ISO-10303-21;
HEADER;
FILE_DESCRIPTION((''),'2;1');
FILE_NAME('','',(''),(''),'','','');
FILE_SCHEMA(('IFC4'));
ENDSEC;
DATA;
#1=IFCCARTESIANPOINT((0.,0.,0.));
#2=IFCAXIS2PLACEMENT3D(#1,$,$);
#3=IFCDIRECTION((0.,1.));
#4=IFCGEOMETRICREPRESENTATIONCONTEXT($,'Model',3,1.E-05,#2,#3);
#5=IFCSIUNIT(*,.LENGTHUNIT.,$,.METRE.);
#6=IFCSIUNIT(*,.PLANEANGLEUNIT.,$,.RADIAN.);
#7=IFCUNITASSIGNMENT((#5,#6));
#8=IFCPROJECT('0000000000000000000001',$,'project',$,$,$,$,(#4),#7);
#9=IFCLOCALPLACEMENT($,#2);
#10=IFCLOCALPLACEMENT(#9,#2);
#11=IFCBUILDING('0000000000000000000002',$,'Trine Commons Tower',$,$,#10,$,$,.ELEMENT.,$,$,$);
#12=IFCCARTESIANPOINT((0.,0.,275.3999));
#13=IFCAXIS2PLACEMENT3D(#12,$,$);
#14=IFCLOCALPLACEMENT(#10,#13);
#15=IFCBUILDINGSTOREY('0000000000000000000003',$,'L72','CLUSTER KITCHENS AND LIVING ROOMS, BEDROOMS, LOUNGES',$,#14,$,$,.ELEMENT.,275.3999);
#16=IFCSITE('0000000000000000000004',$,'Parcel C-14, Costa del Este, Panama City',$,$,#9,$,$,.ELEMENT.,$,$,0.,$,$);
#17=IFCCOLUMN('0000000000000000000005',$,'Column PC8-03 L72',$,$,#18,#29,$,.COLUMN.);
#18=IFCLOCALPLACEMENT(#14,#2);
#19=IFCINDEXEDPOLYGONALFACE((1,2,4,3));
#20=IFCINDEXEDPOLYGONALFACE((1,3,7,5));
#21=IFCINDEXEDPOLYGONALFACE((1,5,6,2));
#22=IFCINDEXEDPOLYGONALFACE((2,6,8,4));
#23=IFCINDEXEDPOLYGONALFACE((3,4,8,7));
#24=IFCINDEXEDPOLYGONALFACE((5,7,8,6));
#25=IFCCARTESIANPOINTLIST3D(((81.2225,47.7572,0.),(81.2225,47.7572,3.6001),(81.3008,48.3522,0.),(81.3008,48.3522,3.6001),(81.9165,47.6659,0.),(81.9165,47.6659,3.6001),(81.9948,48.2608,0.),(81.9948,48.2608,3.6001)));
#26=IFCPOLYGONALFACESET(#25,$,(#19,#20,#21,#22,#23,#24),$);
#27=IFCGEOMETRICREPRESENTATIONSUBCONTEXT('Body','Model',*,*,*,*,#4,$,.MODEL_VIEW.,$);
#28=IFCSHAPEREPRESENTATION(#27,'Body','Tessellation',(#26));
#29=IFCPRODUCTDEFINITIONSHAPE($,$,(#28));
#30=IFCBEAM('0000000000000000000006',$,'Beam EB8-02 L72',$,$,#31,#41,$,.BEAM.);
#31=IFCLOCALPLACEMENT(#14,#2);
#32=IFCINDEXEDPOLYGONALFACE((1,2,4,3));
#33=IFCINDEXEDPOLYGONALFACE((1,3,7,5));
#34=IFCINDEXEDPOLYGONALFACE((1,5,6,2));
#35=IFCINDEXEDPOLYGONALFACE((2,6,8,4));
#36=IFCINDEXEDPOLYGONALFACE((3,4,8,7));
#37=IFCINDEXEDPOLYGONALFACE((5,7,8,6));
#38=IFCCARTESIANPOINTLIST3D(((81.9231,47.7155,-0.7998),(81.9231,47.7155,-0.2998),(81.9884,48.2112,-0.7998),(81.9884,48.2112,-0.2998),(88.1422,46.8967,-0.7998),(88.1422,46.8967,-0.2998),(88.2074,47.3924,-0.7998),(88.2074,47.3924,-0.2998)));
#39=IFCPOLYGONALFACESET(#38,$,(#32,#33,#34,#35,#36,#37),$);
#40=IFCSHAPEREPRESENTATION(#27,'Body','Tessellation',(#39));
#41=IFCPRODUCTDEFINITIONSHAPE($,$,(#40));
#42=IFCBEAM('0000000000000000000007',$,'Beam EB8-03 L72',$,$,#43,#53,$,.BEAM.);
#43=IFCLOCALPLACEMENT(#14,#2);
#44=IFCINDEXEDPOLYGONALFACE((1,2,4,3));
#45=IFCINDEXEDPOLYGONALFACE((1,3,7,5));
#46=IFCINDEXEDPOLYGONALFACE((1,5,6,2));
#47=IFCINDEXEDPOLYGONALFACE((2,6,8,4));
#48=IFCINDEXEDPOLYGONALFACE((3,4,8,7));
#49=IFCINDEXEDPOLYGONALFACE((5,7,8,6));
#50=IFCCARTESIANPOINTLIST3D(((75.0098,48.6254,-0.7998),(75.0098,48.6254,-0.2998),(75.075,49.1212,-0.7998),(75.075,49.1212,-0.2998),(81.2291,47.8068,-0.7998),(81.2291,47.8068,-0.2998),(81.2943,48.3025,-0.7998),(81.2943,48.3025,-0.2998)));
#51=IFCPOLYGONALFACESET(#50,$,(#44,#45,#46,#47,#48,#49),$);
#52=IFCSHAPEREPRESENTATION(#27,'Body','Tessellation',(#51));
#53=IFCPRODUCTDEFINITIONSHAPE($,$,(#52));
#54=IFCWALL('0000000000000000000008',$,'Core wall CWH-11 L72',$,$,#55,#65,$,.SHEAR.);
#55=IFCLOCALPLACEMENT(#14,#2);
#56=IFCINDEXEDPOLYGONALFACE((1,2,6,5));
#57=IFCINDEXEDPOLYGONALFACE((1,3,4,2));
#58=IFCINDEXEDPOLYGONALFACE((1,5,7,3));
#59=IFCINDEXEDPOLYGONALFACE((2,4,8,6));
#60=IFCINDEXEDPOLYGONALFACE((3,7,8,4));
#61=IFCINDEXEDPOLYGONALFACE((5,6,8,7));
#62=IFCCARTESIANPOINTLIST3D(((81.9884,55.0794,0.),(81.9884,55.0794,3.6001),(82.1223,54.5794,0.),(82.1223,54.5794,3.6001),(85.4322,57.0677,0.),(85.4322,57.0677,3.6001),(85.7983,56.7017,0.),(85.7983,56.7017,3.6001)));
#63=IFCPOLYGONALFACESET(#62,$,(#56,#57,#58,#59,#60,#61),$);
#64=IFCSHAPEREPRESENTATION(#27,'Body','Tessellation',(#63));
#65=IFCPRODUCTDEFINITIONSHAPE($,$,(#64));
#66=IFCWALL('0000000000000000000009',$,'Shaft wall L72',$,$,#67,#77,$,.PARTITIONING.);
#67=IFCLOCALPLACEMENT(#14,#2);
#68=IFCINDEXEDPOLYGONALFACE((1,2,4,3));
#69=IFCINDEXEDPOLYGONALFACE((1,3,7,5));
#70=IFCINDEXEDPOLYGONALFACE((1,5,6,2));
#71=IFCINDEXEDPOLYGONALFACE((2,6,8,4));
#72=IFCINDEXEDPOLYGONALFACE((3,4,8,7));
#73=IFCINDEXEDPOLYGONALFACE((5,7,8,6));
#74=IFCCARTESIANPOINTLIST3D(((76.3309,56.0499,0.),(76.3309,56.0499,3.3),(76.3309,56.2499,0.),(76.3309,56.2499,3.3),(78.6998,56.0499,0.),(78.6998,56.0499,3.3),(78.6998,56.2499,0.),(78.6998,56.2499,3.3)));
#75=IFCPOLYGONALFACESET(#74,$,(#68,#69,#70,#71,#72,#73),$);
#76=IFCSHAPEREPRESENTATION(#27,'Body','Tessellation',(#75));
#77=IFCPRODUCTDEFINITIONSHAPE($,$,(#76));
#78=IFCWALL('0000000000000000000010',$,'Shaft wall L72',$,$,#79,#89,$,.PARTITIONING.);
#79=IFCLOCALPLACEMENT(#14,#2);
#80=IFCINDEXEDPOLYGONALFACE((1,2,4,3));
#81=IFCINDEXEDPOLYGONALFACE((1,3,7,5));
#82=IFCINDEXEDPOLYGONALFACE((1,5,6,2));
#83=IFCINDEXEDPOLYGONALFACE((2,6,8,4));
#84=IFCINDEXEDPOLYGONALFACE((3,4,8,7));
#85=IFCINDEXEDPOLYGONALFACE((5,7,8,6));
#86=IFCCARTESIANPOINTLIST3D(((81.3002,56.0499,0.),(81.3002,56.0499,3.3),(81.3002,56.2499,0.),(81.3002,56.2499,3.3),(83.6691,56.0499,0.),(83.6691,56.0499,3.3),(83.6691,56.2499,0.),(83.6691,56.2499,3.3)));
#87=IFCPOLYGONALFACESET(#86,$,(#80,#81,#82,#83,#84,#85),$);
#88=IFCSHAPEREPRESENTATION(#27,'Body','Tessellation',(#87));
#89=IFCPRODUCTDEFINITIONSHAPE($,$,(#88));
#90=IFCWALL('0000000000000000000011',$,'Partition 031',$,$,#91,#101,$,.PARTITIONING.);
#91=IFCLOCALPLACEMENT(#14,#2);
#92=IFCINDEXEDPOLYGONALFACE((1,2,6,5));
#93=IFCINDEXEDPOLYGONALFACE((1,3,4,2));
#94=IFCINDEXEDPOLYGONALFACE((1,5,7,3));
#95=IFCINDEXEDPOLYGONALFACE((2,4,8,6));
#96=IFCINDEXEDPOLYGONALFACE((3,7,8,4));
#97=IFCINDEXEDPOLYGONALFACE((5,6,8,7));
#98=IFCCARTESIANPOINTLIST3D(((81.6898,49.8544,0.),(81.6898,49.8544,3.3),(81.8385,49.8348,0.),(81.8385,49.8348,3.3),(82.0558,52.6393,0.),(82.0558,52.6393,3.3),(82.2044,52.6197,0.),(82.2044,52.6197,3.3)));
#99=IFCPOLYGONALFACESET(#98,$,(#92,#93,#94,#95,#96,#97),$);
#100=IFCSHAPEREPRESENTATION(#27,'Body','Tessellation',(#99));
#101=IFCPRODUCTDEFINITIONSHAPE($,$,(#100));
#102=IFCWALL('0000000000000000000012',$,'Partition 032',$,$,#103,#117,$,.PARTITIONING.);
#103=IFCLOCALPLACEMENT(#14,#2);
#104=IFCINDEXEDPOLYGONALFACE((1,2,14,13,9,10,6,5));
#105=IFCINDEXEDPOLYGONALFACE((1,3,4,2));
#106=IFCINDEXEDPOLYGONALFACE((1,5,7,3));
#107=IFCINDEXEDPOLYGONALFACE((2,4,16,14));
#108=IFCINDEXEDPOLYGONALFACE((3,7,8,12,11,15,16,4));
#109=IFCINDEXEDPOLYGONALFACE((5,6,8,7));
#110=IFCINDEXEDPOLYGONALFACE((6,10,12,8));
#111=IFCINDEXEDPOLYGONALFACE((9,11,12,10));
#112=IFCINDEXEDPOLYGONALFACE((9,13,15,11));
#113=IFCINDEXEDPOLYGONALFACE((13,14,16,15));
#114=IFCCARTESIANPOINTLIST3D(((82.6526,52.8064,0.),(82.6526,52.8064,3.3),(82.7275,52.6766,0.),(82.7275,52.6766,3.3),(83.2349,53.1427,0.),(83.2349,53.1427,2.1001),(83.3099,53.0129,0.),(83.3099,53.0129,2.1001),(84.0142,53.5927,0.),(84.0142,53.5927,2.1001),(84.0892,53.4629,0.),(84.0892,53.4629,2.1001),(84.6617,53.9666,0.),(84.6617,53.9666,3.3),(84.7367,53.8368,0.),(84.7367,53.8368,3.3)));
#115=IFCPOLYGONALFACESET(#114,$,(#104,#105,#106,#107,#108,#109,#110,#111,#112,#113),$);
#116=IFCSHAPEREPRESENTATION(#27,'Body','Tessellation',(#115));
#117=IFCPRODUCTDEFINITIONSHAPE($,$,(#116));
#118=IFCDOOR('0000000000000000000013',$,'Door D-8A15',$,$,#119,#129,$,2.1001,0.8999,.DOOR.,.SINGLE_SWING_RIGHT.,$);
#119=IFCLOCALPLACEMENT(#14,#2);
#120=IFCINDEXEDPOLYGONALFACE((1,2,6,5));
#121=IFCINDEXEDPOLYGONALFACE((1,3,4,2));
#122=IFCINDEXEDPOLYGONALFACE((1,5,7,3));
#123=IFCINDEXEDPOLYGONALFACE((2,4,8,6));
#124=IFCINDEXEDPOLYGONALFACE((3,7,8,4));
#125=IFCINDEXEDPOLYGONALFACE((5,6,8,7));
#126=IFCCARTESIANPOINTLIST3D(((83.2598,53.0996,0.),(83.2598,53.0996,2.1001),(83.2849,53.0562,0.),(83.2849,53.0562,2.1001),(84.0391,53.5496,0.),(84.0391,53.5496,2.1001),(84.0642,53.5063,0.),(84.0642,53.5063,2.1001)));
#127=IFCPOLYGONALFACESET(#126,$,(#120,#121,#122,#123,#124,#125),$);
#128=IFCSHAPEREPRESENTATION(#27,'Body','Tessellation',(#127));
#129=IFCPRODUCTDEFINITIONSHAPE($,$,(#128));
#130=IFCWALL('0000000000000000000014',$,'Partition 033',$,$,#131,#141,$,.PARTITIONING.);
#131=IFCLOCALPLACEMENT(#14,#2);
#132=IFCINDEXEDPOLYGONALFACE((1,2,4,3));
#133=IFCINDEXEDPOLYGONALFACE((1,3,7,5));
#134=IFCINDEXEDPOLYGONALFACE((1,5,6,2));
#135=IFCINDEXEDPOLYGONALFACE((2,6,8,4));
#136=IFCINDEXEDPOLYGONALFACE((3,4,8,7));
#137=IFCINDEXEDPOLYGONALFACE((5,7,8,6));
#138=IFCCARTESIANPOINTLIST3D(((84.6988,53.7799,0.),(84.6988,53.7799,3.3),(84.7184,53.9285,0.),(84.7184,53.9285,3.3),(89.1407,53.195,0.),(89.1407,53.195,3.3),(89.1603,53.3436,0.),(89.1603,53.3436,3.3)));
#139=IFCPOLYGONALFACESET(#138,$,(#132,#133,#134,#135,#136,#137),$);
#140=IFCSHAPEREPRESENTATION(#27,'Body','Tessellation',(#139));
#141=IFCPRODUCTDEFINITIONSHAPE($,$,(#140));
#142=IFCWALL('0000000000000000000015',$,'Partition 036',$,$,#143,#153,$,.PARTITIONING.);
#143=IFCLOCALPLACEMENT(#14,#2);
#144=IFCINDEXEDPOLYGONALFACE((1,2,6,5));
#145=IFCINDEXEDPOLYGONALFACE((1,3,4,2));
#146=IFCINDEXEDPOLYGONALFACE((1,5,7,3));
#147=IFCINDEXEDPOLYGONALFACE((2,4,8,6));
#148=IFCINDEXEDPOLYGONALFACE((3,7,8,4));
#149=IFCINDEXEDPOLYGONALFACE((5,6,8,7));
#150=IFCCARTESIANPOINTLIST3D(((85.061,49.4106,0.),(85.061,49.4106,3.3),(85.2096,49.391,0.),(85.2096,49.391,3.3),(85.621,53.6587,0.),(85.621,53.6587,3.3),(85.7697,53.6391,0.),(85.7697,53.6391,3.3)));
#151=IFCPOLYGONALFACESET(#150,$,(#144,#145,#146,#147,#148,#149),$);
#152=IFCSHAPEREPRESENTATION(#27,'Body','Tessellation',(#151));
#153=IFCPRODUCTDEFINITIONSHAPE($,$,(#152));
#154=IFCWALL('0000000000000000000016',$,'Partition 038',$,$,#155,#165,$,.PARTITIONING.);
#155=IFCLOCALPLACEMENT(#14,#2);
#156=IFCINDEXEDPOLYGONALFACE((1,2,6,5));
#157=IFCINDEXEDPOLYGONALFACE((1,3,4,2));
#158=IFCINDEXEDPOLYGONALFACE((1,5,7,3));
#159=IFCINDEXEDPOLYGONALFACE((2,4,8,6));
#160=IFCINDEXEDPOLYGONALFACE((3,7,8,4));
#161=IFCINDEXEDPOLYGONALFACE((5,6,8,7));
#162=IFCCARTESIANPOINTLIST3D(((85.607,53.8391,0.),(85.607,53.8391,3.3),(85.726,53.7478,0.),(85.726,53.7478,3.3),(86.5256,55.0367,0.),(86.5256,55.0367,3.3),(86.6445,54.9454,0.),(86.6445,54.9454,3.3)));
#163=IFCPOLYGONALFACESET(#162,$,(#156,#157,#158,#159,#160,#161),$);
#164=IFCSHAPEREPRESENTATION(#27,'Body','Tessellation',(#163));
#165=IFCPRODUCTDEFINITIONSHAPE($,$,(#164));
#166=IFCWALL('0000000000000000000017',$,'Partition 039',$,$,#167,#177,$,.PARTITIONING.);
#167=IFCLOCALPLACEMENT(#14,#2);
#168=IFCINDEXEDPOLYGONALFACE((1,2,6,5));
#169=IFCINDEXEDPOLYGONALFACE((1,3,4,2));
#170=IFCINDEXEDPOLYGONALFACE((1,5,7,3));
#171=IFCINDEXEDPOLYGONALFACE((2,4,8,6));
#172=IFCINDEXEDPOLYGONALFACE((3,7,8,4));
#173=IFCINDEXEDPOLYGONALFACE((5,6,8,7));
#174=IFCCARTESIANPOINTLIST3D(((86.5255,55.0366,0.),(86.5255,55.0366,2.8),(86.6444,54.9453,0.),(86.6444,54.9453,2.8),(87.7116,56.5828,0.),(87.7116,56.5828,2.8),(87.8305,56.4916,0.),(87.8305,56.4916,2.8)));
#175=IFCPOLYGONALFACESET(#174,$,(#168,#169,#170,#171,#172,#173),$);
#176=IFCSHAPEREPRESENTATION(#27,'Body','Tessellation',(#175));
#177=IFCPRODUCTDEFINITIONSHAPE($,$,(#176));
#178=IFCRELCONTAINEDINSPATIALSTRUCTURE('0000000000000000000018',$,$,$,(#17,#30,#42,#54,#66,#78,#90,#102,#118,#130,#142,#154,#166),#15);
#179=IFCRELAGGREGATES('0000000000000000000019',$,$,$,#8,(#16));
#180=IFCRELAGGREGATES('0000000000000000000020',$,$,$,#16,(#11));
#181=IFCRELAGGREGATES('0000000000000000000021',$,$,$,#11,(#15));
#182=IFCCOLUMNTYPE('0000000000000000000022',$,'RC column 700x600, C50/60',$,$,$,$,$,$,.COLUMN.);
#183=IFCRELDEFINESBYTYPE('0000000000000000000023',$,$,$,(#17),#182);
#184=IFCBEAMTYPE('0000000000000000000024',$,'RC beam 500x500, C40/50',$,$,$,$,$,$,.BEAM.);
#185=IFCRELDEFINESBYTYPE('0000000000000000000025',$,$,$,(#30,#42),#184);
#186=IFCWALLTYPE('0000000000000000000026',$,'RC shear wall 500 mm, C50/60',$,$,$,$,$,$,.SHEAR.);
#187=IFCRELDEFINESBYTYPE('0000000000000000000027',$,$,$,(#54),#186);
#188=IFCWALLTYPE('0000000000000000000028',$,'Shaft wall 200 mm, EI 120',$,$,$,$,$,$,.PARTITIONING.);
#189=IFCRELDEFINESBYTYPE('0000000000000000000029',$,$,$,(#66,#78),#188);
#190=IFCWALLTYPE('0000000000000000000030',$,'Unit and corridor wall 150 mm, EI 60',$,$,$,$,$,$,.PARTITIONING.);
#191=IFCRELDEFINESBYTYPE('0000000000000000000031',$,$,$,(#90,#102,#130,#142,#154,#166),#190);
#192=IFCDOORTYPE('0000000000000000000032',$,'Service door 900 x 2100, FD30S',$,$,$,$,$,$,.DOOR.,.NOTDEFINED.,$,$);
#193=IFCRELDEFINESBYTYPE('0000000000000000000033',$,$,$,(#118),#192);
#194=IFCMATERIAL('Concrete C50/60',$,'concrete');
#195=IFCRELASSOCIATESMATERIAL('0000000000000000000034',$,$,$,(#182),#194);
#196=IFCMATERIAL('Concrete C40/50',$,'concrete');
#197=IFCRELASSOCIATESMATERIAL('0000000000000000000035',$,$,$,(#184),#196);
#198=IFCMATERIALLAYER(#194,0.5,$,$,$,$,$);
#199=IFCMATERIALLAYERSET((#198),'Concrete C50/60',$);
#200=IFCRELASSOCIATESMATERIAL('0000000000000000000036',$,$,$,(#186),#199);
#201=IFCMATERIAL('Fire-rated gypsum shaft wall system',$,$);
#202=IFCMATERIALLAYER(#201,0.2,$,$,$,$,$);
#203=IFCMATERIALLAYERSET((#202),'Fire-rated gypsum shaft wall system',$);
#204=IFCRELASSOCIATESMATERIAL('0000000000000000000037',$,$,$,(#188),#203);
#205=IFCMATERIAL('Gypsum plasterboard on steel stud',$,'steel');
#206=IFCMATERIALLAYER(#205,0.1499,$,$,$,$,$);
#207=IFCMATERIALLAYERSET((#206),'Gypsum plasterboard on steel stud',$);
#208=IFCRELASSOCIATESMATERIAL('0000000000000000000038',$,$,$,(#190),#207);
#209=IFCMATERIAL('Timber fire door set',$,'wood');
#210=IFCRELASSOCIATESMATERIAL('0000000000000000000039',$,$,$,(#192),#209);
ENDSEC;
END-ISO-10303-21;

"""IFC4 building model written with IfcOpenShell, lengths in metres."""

from ifc_helpers import new_model, si_unit, direction, frame, frame_2d, origin, origin_2d, place, context, subcontext, project, spatial, polyline, rectangle, outline, extrude, material, layer, layer_set, material_profile, profile_set, type_object, element, fill, save


model = new_model("IFC4")

# Units and contexts
model_context = context("Model", 3, precision=1e-05, world=origin(), true_north=direction((0.0, 1.0)))
body_context = subcontext(model_context, "Body", "Model", "MODEL_VIEW")
ifc_project = project(units=[si_unit("LENGTHUNIT", "METRE"), si_unit("PLANEANGLEUNIT", "RADIAN")], contexts=[model_context])

# Site, building, storey
site_placement = place(None, origin())
site = spatial("IfcSite", under=ifc_project, at=site_placement, Name="Parcel C-14, Costa del Este, Panama City", CompositionType="ELEMENT", RefElevation=0.0)
building_placement = place(site_placement, origin())
building = spatial("IfcBuilding", under=site, at=building_placement, Name="Trine Commons Tower", CompositionType="ELEMENT")
storey_placement = place(building_placement, frame((0.0, 0.0, 275.3999)))
storey = spatial("IfcBuildingStorey", under=building, at=storey_placement, Name="L72", Description="CLUSTER KITCHENS AND LIVING ROOMS, BEDROOMS, LOUNGES", CompositionType="ELEMENT", Elevation=275.3999)

# Column
ifc_material_1 = material(Name="Concrete C50/60", Category="concrete")
ifc_material_profile_1 = material_profile(ifc_material_1, rectangle(XDim=0.7, YDim=0.6001, at=origin_2d()), Name="RC 700x600")
ifc_profile_set_1 = profile_set([ifc_material_profile_1], Name="Concrete C50/60")
column_type = type_object("IfcColumnType", Name="RC column 700x600, C50/60", PredefinedType="COLUMN", material=ifc_profile_set_1)
column_placement = place(storey_placement, frame((81.6086, 48.009, 0.0), z_axis=(0.0, 0.0, 1.0), x_axis=(-0.991445, 0.130526, 0.0)))
element("IfcColumn", 1, at=column_placement, inside=storey, type_object=column_type, Name="Column PC8-03 L72", PredefinedType="COLUMN", context=body_context, shape_type="SweptSolid", body=[
    extrude(rectangle(XDim=0.7, YDim=0.6001, at=origin_2d()), origin(), (0.0, 0.0, 1.0), 3.6001),
])

# Beams
ifc_material_2 = material(Name="Concrete C40/50", Category="concrete")
ifc_material_profile_2 = material_profile(ifc_material_2, rectangle(XDim=0.5, YDim=0.5, at=origin_2d()), Name="RC 500x500")
ifc_profile_set_2 = profile_set([ifc_material_profile_2], Name="Concrete C40/50")
beam_type = type_object("IfcBeamType", Name="RC beam 500x500, C40/50", PredefinedType="BEAM", material=ifc_profile_set_2)
beam_1_placement = place(storey_placement, frame((88.1748, 47.1445, -0.5498), z_axis=(-0.991443, 0.130542, 0.0), x_axis=(-0.130542, -0.991443, 0.0)))
element("IfcBeam", 2, at=beam_1_placement, inside=storey, type_object=beam_type, Name="Beam EB8-02 L72", PredefinedType="BEAM", context=body_context, shape_type="SweptSolid", body=[
    extrude(rectangle(XDim=0.5, YDim=0.5, at=origin_2d()), origin(), (0.0, 0.0, 1.0), 6.2727),
])
beam_2_placement = place(storey_placement, frame((81.2617, 48.0547, -0.5498), z_axis=(-0.991448, 0.130499, 0.0), x_axis=(-0.130499, -0.991448, 0.0)))
element("IfcBeam", 3, at=beam_2_placement, inside=storey, type_object=beam_type, Name="Beam EB8-03 L72", PredefinedType="BEAM", context=body_context, shape_type="SweptSolid", body=[
    extrude(rectangle(XDim=0.5, YDim=0.5, at=origin_2d()), origin(), (0.0, 0.0, 1.0), 6.2729),
])

# Walls
ifc_layer_1 = layer(ifc_material_1, 0.5)
ifc_layer_set_1 = layer_set([ifc_layer_1], Name="Concrete C50/60")
wall_type_1 = type_object("IfcWallType", Name="RC shear wall 500 mm, C50/60", PredefinedType="SHEAR", material=ifc_layer_set_1)
wall_1_placement = place(storey_placement, frame((81.9973, 54.7959, 0.0), z_axis=(0.0, 0.0, 1.0), x_axis=(0.866029, 0.499993, 0.0)))
element("IfcWall", 4, at=wall_1_placement, inside=storey, type_object=wall_type_1, Name="Core wall CWH-11 L72", PredefinedType="SHEAR", context=body_context, shape_type="SweptSolid", body=[
    extrude(outline(polyline([(0.0, -0.25), (4.2446, -0.25), (4.1106, 0.25), (0.134, 0.25), (0.0, -0.25)])), origin(), (0.0, 0.0, 1.0), 3.6001),
])
ifc_material_3 = material(Name="Fire-rated gypsum shaft wall system")
ifc_layer_2 = layer(ifc_material_3, 0.2)
ifc_layer_set_2 = layer_set([ifc_layer_2], Name="Fire-rated gypsum shaft wall system")
wall_type_2 = type_object("IfcWallType", Name="Shaft wall 200 mm, EI 120", PredefinedType="PARTITIONING", material=ifc_layer_set_2)
for number, where, z_axis, x_axis, name in (
    (5, (78.7, 56.1499, 0.0), (0.0, 0.0, 1.0), (-1.0, 0.0, 0.0), "Shaft wall L72"),
    (6, (81.3, 56.1499, 0.0), (0.0, 0.0, 1.0), (1.0, 0.0, 0.0), "Shaft wall L72"),
):
    element("IfcWall", number, at=place(storey_placement, frame(where, z_axis=z_axis, x_axis=x_axis)), inside=storey, type_object=wall_type_2, Name=name, PredefinedType="PARTITIONING", context=body_context, shape_type="SweptSolid", body=[
        extrude(rectangle(XDim=2.3689, YDim=0.2, at=frame_2d((1.1846, 0.0))), origin(), (0.0, 0.0, 1.0), 3.3),
    ])
ifc_material_4 = material(Name="Gypsum plasterboard on steel stud", Category="steel")
ifc_layer_3 = layer(ifc_material_4, 0.1499)
ifc_layer_set_3 = layer_set([ifc_layer_3], Name="Gypsum plasterboard on steel stud")
wall_type_3 = type_object("IfcWallType", Name="Unit and corridor wall 150 mm, EI 60", PredefinedType="PARTITIONING", material=ifc_layer_set_3)
wall_2_placement = place(storey_placement, frame((81.7642, 49.8447, 0.0), z_axis=(0.0, 0.0, 1.0), x_axis=(0.13029, 0.991476, 0.0)))
element("IfcWall", 7, at=wall_2_placement, inside=storey, type_object=wall_type_3, Name="Partition 031", PredefinedType="PARTITIONING", context=body_context, shape_type="SweptSolid", body=[
    extrude(rectangle(XDim=2.8088, YDim=0.1499, at=frame_2d((1.4043, 0.0))), origin(), (0.0, 0.0, 1.0), 3.3),
])

# Wall, opening, door
wall_3_placement = place(storey_placement, frame((82.6899, 52.7415, 0.0), z_axis=(0.0, 0.0, 1.0), x_axis=(0.865981, 0.500078, 0.0)))
wall_3 = element("IfcWall", 8, at=wall_3_placement, inside=storey, type_object=wall_type_3, Name="Partition 032", PredefinedType="PARTITIONING", context=body_context, shape_type="SweptSolid", body=[
    extrude(rectangle(XDim=2.3201, YDim=0.1499, at=frame_2d((1.1602, 0.0))), origin(), (0.0, 0.0, 1.0), 3.3),
])
opening_1_placement = place(wall_3_placement, frame((0.6726, 0.0, 0.0)))
opening_1 = element("IfcOpeningElement", 9, at=opening_1_placement, cuts=wall_3, PredefinedType="OPENING", context=body_context, shape_type="SweptSolid", body=[
    extrude(rectangle(XDim=0.8999, YDim=2.1001, at=frame_2d((0.45, 1.05))), frame((0.0, 0.085, 0.0), z_axis=(0.0, -1.0, 0.0), x_axis=(1.0, 0.0, 0.0)), (0.0, 0.0, 1.0), 0.1699),
])
ifc_material_5 = material(Name="Timber fire door set", Category="wood")
door_type_1 = type_object("IfcDoorType", Name="Service door 900 x 2100, FD30S", OperationType="NOTDEFINED", PredefinedType="DOOR", material=ifc_material_5)
door_1_placement = place(opening_1_placement, frame((0.8999, 0.0, 0.0), z_axis=(0.0, 0.0, 1.0), x_axis=(-1.0, 0.0, 0.0)))
door_1 = element("IfcDoor", 10, at=door_1_placement, inside=storey, type_object=door_type_1, Name="Door D-8A15", OperationType="SINGLE_SWING_RIGHT", OverallHeight=2.1001, OverallWidth=0.8999, PredefinedType="DOOR", context=body_context, shape_type="SweptSolid", body=[
    extrude(rectangle(XDim=0.8999, YDim=2.1001, at=frame_2d((0.45, 1.05))), frame((0.0, 0.0249, 0.0), z_axis=(0.0, -1.0, 0.0), x_axis=(1.0, 0.0, 0.0)), (0.0, 0.0, 1.0), 0.05),
])
fill(opening_1, door_1)

# Walls
wall_4_placement = place(storey_placement, frame((84.7085, 53.8542, 0.0), z_axis=(0.0, 0.0, 1.0), x_axis=(0.99144, -0.130564, 0.0)))
element("IfcWall", 11, at=wall_4_placement, inside=storey, type_object=wall_type_3, Name="Partition 033", PredefinedType="PARTITIONING", context=body_context, shape_type="SweptSolid", body=[
    extrude(rectangle(XDim=4.4802, YDim=0.1499, at=frame_2d((2.2402, 0.0))), origin(), (0.0, 0.0, 1.0), 3.3),
])
wall_5_placement = place(storey_placement, frame((85.1353, 49.4006, 0.0), z_axis=(0.0, 0.0, 1.0), x_axis=(0.130708, 0.991421, 0.0)))
element("IfcWall", 12, at=wall_5_placement, inside=storey, type_object=wall_type_3, Name="Partition 036", PredefinedType="PARTITIONING", context=body_context, shape_type="SweptSolid", body=[
    extrude(rectangle(XDim=4.2849, YDim=0.1499, at=frame_2d((2.1426, 0.0))), origin(), (0.0, 0.0, 1.0), 3.3),
])
wall_6_placement = place(storey_placement, frame((85.6665, 53.7935, 0.0), z_axis=(0.0, 0.0, 1.0), x_axis=(0.608584, 0.793489, 0.0)))
element("IfcWall", 13, at=wall_6_placement, inside=storey, type_object=wall_type_3, Name="Partition 038", PredefinedType="PARTITIONING", context=body_context, shape_type="SweptSolid", body=[
    extrude(rectangle(XDim=1.5093, YDim=0.1499, at=frame_2d((0.7546, 0.0))), origin(), (0.0, 0.0, 1.0), 3.3),
])
wall_7_placement = place(storey_placement, frame((86.585, 54.991, 0.0), z_axis=(0.0, 0.0, 1.0), x_axis=(0.608645, 0.793443, 0.0)))
element("IfcWall", 14, at=wall_7_placement, inside=storey, type_object=wall_type_3, Name="Partition 039", PredefinedType="PARTITIONING", context=body_context, shape_type="SweptSolid", body=[
    extrude(rectangle(XDim=1.9487, YDim=0.1499, at=frame_2d((0.9744, 0.0))), origin(), (0.0, 0.0, 1.0), 2.8),
])

save(model, "model.ifc")
